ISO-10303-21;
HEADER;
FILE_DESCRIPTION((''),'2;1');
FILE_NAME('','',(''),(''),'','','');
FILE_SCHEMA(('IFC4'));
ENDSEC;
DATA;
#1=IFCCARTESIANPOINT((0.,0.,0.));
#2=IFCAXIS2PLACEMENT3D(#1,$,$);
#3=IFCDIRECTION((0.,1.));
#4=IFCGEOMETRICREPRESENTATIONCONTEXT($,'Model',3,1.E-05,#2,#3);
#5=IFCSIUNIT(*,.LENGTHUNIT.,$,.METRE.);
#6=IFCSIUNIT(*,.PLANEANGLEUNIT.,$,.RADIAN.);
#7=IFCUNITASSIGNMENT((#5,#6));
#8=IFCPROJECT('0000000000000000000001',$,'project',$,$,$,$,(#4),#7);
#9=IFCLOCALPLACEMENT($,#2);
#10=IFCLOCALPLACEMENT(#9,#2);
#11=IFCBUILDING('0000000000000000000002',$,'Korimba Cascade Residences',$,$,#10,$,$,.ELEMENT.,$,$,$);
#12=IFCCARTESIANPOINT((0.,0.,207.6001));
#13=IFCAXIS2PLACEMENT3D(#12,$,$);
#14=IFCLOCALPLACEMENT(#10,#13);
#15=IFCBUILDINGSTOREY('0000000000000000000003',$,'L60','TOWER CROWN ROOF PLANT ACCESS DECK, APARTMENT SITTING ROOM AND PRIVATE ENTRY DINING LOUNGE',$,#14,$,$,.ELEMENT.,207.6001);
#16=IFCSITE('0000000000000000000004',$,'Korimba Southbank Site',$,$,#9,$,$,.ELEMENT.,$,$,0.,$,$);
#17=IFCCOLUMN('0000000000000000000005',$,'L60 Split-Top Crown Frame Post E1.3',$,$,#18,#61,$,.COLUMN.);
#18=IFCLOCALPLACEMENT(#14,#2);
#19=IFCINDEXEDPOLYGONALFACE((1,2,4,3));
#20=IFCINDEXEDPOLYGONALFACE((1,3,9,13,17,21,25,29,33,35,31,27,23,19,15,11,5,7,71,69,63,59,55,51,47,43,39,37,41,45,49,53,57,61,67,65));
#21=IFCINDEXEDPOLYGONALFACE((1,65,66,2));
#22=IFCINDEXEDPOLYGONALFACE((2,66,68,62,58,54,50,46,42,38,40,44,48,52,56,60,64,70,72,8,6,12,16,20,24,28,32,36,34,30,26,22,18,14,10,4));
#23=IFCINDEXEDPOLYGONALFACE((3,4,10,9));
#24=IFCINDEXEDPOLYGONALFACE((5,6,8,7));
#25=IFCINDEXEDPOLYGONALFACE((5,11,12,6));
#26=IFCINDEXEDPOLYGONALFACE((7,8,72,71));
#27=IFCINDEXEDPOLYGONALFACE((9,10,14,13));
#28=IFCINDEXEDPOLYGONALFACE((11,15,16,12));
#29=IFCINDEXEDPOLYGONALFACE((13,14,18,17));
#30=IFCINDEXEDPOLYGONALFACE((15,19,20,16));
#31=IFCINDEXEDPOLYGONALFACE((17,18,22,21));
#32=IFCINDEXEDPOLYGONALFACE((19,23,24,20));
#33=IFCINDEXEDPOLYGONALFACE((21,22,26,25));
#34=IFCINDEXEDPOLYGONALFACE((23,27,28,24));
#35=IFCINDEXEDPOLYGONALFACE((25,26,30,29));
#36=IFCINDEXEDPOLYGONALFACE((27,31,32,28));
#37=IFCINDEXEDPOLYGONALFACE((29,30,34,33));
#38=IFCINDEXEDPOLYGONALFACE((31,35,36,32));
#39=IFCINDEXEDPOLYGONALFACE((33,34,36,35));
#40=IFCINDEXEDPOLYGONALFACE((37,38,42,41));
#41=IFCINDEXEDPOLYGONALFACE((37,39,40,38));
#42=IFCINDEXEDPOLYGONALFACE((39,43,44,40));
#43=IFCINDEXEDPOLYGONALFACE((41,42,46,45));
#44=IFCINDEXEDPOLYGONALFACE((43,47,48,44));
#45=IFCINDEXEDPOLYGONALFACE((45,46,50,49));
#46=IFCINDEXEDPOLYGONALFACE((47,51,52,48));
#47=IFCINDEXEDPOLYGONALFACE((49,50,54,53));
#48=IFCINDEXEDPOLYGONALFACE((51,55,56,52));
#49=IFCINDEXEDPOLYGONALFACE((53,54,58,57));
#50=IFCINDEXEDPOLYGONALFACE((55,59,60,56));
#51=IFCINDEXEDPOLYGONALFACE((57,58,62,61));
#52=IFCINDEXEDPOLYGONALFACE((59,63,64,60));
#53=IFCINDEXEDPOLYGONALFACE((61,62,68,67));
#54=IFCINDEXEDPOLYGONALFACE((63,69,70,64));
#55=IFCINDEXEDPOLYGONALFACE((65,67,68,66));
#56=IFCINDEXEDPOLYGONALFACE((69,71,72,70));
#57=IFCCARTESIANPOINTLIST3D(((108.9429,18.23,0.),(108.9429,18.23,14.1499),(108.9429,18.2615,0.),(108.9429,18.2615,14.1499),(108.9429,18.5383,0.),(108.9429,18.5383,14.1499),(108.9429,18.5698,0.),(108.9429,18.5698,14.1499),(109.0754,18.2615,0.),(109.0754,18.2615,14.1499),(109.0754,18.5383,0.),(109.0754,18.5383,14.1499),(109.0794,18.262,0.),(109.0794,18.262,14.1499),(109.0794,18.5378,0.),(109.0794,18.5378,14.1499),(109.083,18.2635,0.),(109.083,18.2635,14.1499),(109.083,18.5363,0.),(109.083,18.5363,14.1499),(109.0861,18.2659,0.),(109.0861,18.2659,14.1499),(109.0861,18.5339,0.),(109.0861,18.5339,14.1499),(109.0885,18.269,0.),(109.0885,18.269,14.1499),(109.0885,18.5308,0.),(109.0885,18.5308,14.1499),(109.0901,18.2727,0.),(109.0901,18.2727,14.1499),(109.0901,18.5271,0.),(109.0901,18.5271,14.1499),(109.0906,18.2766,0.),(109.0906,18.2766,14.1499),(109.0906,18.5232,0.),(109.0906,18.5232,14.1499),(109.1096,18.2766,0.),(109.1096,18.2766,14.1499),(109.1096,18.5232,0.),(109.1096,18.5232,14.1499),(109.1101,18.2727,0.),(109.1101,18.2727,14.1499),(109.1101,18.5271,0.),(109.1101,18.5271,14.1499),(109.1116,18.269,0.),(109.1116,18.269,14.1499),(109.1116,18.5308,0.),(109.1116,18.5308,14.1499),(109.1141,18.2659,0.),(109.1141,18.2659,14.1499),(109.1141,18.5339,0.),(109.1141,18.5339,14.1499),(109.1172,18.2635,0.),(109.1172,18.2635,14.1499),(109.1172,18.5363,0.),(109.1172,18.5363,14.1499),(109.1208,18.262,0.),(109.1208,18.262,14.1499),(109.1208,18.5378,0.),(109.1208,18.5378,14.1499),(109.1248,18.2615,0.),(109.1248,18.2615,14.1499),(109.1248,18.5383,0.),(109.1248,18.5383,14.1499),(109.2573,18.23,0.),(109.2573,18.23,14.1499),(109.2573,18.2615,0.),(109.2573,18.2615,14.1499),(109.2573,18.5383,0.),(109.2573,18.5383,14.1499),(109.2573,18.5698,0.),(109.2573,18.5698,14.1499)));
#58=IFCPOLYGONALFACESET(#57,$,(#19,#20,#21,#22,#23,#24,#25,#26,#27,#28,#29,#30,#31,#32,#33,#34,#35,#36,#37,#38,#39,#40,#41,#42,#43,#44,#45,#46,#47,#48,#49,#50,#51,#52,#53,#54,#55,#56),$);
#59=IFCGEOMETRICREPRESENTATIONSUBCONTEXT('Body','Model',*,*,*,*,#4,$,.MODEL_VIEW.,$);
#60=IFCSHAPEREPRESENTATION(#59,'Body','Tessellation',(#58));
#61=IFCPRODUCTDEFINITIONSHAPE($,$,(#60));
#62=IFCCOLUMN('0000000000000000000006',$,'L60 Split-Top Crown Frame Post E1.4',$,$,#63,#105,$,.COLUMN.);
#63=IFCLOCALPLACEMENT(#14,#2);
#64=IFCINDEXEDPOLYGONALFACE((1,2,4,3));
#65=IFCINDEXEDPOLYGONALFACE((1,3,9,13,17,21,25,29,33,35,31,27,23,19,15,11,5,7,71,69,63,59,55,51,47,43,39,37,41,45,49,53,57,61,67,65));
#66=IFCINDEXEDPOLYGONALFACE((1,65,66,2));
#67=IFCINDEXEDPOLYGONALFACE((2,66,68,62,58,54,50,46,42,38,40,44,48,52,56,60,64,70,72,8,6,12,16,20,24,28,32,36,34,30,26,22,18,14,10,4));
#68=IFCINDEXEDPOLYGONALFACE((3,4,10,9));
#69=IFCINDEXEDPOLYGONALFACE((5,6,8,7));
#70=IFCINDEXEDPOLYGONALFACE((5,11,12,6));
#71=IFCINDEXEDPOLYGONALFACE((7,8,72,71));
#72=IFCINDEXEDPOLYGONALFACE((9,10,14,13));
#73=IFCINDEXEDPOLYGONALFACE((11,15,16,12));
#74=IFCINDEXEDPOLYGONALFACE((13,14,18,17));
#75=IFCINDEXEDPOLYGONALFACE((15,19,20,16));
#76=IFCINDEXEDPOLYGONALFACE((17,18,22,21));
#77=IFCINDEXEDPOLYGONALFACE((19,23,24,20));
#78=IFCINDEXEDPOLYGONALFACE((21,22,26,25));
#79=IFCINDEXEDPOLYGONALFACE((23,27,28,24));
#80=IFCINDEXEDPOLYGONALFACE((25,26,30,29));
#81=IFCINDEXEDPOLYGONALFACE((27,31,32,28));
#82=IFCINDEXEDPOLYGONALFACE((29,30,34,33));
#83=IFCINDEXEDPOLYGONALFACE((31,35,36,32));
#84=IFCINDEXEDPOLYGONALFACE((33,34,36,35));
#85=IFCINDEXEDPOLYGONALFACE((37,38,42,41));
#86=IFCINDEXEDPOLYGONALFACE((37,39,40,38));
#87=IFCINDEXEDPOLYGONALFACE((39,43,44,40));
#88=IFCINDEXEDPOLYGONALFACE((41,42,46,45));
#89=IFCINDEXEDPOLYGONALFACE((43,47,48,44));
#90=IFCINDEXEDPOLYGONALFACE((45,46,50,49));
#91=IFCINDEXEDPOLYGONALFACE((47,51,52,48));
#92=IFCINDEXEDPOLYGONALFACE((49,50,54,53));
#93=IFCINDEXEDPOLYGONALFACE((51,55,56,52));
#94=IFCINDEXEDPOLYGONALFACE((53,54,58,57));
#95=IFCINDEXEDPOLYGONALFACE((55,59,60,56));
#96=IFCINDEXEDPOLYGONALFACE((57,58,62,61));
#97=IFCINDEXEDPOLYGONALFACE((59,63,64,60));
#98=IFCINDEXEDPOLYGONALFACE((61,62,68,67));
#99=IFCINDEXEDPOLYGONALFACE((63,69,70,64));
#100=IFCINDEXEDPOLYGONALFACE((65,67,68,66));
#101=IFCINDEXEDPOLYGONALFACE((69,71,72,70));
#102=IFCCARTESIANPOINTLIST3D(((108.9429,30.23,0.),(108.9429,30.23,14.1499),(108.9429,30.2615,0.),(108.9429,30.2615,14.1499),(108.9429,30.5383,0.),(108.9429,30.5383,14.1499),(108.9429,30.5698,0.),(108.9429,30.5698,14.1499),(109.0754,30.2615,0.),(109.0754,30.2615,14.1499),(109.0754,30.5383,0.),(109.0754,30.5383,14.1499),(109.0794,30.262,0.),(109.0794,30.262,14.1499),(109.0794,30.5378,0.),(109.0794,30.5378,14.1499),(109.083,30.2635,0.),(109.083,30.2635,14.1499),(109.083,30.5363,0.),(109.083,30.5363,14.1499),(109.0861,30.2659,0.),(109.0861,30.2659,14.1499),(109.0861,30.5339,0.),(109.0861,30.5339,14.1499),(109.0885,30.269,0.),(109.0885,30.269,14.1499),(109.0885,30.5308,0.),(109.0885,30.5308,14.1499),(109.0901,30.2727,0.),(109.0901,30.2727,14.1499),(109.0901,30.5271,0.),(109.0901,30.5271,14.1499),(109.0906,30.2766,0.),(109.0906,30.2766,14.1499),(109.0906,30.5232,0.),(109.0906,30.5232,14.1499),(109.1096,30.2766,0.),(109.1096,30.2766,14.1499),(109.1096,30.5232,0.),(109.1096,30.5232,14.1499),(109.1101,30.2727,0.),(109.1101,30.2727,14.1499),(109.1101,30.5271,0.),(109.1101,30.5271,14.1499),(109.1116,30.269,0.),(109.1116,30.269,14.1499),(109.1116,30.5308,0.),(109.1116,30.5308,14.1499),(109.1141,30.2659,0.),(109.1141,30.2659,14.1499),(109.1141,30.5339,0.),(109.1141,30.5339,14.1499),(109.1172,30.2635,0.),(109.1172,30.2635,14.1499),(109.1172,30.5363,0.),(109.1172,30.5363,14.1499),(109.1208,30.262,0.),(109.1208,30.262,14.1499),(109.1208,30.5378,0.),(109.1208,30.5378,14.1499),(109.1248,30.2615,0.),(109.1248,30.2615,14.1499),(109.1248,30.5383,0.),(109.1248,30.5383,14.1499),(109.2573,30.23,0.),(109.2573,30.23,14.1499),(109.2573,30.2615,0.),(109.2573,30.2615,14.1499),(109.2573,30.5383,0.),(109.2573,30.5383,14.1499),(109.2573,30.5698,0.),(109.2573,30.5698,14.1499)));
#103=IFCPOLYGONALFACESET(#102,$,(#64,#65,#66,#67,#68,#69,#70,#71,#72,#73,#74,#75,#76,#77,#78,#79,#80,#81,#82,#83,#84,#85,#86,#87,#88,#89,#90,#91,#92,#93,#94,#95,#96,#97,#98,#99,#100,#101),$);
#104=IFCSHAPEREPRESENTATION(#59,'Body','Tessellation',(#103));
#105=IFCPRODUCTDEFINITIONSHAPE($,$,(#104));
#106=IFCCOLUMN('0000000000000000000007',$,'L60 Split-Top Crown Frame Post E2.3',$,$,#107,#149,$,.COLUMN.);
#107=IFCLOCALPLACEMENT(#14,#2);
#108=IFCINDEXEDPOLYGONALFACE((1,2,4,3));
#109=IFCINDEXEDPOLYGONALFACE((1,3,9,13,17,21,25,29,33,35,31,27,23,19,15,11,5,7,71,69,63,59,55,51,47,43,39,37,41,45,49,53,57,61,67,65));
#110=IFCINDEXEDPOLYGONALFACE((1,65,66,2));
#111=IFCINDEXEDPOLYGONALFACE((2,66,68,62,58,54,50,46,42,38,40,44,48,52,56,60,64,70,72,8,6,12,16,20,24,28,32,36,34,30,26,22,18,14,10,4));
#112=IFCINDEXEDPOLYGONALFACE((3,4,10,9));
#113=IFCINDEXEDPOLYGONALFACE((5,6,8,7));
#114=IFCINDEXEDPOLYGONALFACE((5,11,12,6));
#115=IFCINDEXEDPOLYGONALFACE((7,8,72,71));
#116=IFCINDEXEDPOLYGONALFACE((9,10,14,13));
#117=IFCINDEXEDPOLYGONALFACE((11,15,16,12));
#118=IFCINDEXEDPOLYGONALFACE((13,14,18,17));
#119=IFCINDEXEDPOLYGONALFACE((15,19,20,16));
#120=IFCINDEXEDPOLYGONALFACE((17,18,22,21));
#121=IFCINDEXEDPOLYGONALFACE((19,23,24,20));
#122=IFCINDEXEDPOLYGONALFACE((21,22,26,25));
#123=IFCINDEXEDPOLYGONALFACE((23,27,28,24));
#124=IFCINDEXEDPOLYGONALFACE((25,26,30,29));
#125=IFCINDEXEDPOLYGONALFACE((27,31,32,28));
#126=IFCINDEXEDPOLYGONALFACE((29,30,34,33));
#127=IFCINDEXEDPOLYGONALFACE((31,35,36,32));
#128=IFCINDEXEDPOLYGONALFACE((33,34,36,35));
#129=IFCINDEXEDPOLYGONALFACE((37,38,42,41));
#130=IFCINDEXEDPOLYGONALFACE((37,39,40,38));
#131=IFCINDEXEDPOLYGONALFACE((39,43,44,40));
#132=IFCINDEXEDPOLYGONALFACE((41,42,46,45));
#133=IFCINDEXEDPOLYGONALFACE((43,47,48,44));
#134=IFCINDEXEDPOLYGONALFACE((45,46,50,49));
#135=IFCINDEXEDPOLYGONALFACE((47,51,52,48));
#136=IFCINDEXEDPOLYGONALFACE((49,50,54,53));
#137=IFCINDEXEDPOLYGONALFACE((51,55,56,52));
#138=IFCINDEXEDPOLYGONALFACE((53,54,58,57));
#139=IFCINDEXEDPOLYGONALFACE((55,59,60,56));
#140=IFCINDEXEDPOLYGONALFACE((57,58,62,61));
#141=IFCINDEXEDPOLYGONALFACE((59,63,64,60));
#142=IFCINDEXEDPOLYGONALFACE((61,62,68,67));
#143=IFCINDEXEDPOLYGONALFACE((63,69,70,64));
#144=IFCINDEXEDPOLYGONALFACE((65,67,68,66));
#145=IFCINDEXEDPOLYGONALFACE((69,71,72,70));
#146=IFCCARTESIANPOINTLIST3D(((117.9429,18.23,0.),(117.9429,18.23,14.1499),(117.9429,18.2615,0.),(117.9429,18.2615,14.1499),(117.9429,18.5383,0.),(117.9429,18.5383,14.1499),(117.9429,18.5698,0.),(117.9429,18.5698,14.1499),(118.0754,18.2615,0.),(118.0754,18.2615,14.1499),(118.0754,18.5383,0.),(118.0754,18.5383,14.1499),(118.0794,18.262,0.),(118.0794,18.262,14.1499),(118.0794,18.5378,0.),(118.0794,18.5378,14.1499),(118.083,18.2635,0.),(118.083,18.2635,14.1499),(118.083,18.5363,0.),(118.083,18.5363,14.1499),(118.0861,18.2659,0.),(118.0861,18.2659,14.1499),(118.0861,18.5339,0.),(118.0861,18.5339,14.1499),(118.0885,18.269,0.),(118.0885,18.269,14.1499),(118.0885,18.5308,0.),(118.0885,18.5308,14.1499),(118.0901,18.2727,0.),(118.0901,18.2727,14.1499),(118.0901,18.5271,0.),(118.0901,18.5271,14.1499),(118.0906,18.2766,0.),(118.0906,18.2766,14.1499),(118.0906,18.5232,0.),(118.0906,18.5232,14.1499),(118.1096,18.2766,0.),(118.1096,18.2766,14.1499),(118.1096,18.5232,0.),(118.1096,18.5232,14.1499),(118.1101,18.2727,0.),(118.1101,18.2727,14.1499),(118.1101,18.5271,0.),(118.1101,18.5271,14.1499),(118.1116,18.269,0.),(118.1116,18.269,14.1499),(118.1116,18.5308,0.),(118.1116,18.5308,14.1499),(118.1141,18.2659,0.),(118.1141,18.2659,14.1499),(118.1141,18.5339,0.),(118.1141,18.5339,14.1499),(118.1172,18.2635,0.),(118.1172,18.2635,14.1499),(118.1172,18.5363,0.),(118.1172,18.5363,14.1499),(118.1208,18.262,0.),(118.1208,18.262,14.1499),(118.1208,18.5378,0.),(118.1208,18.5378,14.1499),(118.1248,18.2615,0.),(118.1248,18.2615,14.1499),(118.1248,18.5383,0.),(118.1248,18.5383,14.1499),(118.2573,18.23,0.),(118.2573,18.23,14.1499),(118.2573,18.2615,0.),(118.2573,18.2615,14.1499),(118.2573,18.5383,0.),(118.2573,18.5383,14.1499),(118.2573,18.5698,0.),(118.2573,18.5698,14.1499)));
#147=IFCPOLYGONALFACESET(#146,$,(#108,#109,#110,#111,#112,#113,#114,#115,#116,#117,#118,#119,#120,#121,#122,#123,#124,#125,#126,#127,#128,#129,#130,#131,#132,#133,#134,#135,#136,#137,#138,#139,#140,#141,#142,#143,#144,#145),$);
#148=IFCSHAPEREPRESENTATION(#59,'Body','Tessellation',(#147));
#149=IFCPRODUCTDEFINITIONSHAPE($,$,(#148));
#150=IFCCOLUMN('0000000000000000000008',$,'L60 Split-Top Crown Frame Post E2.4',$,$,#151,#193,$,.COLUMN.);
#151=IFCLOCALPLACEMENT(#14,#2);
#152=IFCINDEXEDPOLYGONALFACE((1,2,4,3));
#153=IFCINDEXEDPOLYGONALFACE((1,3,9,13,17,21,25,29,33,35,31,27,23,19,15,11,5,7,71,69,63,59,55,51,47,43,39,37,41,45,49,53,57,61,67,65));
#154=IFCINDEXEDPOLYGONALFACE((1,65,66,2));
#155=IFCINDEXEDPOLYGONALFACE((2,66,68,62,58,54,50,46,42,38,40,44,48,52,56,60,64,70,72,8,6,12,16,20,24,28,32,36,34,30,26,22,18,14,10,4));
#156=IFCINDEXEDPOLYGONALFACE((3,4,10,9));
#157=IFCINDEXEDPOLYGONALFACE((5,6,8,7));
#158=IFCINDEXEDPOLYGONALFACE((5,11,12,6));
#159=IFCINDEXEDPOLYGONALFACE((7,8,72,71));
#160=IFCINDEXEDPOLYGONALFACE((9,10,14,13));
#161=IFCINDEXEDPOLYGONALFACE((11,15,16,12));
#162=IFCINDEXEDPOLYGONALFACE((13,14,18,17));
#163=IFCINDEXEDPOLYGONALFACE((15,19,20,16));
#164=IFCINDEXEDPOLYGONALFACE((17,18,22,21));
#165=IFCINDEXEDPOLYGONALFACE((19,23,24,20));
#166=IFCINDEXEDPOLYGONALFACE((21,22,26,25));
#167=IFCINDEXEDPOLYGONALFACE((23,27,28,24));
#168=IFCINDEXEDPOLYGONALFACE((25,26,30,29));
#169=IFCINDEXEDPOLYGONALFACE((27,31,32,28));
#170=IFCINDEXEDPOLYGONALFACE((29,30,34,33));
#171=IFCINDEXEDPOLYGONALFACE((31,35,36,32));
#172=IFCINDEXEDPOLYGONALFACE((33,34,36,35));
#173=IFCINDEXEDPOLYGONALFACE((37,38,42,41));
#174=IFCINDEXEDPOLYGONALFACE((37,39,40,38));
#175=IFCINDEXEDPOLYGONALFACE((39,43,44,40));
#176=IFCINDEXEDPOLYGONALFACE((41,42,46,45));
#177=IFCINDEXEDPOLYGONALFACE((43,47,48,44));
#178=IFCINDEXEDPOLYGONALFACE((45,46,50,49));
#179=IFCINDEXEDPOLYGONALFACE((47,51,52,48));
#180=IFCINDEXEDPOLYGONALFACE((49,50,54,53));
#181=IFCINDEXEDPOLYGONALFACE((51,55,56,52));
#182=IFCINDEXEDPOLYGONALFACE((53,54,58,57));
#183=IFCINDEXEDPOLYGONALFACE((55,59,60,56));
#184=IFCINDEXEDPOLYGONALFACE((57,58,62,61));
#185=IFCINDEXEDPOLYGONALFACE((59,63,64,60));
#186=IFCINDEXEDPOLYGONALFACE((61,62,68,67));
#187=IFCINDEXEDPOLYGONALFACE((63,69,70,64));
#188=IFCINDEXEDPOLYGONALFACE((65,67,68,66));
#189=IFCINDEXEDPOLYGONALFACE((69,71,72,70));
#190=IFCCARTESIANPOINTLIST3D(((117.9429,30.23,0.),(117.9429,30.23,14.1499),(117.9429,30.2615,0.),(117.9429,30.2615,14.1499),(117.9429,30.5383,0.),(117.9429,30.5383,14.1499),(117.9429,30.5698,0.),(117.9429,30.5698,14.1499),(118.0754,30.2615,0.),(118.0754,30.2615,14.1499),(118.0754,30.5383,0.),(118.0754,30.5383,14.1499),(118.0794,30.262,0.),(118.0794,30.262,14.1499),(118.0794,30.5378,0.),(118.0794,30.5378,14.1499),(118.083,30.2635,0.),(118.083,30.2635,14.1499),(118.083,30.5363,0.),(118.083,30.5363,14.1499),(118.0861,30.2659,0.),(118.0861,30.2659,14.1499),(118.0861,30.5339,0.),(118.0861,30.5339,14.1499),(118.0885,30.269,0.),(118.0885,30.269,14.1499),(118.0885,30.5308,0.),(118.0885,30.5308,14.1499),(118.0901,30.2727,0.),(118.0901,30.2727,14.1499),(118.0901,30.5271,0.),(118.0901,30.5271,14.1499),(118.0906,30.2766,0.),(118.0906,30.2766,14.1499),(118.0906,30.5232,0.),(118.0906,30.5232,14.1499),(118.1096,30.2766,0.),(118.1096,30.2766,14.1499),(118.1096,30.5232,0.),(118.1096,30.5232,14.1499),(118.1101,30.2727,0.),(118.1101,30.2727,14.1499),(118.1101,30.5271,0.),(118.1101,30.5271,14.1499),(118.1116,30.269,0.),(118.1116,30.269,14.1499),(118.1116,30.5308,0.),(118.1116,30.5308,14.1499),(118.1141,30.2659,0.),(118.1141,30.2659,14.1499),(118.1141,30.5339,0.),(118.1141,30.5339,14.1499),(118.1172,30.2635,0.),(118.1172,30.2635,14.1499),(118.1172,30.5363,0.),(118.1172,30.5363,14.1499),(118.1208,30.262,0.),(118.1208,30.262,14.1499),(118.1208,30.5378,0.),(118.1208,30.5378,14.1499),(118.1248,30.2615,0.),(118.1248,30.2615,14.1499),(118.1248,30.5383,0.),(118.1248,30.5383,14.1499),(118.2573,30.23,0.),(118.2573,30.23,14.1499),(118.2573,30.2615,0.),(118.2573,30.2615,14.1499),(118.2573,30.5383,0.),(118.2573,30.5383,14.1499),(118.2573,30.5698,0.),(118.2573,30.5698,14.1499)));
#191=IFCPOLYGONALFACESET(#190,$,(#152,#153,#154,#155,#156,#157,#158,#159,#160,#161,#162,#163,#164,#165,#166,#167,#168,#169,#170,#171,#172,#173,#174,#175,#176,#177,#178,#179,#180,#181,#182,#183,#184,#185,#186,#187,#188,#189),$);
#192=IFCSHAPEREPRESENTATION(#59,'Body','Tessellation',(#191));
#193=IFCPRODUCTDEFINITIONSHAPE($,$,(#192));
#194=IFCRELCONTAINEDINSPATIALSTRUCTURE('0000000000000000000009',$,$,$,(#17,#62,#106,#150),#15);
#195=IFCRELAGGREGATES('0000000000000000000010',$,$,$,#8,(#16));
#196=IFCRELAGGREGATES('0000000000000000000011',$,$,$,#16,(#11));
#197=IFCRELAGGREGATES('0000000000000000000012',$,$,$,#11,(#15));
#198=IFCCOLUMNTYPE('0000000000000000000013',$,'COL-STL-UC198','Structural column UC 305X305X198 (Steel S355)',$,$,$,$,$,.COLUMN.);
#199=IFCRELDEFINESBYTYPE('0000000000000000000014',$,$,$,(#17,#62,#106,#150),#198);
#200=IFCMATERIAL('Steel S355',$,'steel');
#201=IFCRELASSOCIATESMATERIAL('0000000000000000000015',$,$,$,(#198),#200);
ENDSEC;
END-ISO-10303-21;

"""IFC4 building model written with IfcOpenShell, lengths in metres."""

from ifc_helpers import new_model, si_unit, direction, frame, origin, origin_2d, place, context, subcontext, project, spatial, i_section, extrude, material, material_profile, profile_set, type_object, element, save


model = new_model("IFC4")

# Units and contexts
model_context = context("Model", 3, precision=1e-05, world=origin(), true_north=direction((0.0, 1.0)))
body_context = subcontext(model_context, "Body", "Model", "MODEL_VIEW")
ifc_project = project(units=[si_unit("LENGTHUNIT", "METRE"), si_unit("PLANEANGLEUNIT", "RADIAN")], contexts=[model_context])

# Site, building, storey
site_placement = place(None, origin())
site = spatial("IfcSite", under=ifc_project, at=site_placement, Name="Korimba Southbank Site", CompositionType="ELEMENT", RefElevation=0.0)
building_placement = place(site_placement, origin())
building = spatial("IfcBuilding", under=site, at=building_placement, Name="Korimba Cascade Residences", CompositionType="ELEMENT")
storey_placement = place(building_placement, frame((0.0, 0.0, 207.6001)))
storey = spatial("IfcBuildingStorey", under=building, at=storey_placement, Name="L60", Description="TOWER CROWN ROOF PLANT ACCESS DECK, APARTMENT SITTING ROOM AND PRIVATE ENTRY DINING LOUNGE", CompositionType="ELEMENT", Elevation=207.6001)

# Columns
ifc_material_1 = material(Name="Steel S355", Category="steel")
ifc_material_profile_1 = material_profile(ifc_material_1, i_section(OverallWidth=0.3145, OverallDepth=0.3398, WebThickness=0.019, FlangeThickness=0.0315, FilletRadius=0.0151, at=origin_2d()), Name="Steel S355")
ifc_profile_set_1 = profile_set([ifc_material_profile_1], Name="Steel S355")
column_type = type_object("IfcColumnType", Name="COL-STL-UC198", Description="Structural column UC 305X305X198 (Steel S355)", PredefinedType="COLUMN", material=ifc_profile_set_1)
for number, where, z_axis, x_axis, name in (
    (1, (109.1001, 18.3999, 0.0), (0.0, 0.0, 1.0), (1.0, 0.0, 0.0), "L60 Split-Top Crown Frame Post E1.3"),
    (2, (109.1001, 30.3999, 0.0), (0.0, 0.0, 1.0), (1.0, 0.0, 0.0), "L60 Split-Top Crown Frame Post E1.4"),
    (3, (118.1001, 18.3999, 0.0), (0.0, 0.0, 1.0), (1.0, 0.0, 0.0), "L60 Split-Top Crown Frame Post E2.3"),
    (4, (118.1001, 30.3999, 0.0), (0.0, 0.0, 1.0), (1.0, 0.0, 0.0), "L60 Split-Top Crown Frame Post E2.4"),
):
    element("IfcColumn", number, at=place(storey_placement, frame(where, z_axis=z_axis, x_axis=x_axis)), inside=storey, type_object=column_type, Name=name, PredefinedType="COLUMN", context=body_context, shape_type="SweptSolid", body=[
        extrude(i_section(OverallWidth=0.3145, OverallDepth=0.3398, WebThickness=0.019, FlangeThickness=0.0315, FilletRadius=0.0151, at=origin_2d()), origin(), (0.0, 0.0, 1.0), 14.1499),
    ])

save(model, "model.ifc")
